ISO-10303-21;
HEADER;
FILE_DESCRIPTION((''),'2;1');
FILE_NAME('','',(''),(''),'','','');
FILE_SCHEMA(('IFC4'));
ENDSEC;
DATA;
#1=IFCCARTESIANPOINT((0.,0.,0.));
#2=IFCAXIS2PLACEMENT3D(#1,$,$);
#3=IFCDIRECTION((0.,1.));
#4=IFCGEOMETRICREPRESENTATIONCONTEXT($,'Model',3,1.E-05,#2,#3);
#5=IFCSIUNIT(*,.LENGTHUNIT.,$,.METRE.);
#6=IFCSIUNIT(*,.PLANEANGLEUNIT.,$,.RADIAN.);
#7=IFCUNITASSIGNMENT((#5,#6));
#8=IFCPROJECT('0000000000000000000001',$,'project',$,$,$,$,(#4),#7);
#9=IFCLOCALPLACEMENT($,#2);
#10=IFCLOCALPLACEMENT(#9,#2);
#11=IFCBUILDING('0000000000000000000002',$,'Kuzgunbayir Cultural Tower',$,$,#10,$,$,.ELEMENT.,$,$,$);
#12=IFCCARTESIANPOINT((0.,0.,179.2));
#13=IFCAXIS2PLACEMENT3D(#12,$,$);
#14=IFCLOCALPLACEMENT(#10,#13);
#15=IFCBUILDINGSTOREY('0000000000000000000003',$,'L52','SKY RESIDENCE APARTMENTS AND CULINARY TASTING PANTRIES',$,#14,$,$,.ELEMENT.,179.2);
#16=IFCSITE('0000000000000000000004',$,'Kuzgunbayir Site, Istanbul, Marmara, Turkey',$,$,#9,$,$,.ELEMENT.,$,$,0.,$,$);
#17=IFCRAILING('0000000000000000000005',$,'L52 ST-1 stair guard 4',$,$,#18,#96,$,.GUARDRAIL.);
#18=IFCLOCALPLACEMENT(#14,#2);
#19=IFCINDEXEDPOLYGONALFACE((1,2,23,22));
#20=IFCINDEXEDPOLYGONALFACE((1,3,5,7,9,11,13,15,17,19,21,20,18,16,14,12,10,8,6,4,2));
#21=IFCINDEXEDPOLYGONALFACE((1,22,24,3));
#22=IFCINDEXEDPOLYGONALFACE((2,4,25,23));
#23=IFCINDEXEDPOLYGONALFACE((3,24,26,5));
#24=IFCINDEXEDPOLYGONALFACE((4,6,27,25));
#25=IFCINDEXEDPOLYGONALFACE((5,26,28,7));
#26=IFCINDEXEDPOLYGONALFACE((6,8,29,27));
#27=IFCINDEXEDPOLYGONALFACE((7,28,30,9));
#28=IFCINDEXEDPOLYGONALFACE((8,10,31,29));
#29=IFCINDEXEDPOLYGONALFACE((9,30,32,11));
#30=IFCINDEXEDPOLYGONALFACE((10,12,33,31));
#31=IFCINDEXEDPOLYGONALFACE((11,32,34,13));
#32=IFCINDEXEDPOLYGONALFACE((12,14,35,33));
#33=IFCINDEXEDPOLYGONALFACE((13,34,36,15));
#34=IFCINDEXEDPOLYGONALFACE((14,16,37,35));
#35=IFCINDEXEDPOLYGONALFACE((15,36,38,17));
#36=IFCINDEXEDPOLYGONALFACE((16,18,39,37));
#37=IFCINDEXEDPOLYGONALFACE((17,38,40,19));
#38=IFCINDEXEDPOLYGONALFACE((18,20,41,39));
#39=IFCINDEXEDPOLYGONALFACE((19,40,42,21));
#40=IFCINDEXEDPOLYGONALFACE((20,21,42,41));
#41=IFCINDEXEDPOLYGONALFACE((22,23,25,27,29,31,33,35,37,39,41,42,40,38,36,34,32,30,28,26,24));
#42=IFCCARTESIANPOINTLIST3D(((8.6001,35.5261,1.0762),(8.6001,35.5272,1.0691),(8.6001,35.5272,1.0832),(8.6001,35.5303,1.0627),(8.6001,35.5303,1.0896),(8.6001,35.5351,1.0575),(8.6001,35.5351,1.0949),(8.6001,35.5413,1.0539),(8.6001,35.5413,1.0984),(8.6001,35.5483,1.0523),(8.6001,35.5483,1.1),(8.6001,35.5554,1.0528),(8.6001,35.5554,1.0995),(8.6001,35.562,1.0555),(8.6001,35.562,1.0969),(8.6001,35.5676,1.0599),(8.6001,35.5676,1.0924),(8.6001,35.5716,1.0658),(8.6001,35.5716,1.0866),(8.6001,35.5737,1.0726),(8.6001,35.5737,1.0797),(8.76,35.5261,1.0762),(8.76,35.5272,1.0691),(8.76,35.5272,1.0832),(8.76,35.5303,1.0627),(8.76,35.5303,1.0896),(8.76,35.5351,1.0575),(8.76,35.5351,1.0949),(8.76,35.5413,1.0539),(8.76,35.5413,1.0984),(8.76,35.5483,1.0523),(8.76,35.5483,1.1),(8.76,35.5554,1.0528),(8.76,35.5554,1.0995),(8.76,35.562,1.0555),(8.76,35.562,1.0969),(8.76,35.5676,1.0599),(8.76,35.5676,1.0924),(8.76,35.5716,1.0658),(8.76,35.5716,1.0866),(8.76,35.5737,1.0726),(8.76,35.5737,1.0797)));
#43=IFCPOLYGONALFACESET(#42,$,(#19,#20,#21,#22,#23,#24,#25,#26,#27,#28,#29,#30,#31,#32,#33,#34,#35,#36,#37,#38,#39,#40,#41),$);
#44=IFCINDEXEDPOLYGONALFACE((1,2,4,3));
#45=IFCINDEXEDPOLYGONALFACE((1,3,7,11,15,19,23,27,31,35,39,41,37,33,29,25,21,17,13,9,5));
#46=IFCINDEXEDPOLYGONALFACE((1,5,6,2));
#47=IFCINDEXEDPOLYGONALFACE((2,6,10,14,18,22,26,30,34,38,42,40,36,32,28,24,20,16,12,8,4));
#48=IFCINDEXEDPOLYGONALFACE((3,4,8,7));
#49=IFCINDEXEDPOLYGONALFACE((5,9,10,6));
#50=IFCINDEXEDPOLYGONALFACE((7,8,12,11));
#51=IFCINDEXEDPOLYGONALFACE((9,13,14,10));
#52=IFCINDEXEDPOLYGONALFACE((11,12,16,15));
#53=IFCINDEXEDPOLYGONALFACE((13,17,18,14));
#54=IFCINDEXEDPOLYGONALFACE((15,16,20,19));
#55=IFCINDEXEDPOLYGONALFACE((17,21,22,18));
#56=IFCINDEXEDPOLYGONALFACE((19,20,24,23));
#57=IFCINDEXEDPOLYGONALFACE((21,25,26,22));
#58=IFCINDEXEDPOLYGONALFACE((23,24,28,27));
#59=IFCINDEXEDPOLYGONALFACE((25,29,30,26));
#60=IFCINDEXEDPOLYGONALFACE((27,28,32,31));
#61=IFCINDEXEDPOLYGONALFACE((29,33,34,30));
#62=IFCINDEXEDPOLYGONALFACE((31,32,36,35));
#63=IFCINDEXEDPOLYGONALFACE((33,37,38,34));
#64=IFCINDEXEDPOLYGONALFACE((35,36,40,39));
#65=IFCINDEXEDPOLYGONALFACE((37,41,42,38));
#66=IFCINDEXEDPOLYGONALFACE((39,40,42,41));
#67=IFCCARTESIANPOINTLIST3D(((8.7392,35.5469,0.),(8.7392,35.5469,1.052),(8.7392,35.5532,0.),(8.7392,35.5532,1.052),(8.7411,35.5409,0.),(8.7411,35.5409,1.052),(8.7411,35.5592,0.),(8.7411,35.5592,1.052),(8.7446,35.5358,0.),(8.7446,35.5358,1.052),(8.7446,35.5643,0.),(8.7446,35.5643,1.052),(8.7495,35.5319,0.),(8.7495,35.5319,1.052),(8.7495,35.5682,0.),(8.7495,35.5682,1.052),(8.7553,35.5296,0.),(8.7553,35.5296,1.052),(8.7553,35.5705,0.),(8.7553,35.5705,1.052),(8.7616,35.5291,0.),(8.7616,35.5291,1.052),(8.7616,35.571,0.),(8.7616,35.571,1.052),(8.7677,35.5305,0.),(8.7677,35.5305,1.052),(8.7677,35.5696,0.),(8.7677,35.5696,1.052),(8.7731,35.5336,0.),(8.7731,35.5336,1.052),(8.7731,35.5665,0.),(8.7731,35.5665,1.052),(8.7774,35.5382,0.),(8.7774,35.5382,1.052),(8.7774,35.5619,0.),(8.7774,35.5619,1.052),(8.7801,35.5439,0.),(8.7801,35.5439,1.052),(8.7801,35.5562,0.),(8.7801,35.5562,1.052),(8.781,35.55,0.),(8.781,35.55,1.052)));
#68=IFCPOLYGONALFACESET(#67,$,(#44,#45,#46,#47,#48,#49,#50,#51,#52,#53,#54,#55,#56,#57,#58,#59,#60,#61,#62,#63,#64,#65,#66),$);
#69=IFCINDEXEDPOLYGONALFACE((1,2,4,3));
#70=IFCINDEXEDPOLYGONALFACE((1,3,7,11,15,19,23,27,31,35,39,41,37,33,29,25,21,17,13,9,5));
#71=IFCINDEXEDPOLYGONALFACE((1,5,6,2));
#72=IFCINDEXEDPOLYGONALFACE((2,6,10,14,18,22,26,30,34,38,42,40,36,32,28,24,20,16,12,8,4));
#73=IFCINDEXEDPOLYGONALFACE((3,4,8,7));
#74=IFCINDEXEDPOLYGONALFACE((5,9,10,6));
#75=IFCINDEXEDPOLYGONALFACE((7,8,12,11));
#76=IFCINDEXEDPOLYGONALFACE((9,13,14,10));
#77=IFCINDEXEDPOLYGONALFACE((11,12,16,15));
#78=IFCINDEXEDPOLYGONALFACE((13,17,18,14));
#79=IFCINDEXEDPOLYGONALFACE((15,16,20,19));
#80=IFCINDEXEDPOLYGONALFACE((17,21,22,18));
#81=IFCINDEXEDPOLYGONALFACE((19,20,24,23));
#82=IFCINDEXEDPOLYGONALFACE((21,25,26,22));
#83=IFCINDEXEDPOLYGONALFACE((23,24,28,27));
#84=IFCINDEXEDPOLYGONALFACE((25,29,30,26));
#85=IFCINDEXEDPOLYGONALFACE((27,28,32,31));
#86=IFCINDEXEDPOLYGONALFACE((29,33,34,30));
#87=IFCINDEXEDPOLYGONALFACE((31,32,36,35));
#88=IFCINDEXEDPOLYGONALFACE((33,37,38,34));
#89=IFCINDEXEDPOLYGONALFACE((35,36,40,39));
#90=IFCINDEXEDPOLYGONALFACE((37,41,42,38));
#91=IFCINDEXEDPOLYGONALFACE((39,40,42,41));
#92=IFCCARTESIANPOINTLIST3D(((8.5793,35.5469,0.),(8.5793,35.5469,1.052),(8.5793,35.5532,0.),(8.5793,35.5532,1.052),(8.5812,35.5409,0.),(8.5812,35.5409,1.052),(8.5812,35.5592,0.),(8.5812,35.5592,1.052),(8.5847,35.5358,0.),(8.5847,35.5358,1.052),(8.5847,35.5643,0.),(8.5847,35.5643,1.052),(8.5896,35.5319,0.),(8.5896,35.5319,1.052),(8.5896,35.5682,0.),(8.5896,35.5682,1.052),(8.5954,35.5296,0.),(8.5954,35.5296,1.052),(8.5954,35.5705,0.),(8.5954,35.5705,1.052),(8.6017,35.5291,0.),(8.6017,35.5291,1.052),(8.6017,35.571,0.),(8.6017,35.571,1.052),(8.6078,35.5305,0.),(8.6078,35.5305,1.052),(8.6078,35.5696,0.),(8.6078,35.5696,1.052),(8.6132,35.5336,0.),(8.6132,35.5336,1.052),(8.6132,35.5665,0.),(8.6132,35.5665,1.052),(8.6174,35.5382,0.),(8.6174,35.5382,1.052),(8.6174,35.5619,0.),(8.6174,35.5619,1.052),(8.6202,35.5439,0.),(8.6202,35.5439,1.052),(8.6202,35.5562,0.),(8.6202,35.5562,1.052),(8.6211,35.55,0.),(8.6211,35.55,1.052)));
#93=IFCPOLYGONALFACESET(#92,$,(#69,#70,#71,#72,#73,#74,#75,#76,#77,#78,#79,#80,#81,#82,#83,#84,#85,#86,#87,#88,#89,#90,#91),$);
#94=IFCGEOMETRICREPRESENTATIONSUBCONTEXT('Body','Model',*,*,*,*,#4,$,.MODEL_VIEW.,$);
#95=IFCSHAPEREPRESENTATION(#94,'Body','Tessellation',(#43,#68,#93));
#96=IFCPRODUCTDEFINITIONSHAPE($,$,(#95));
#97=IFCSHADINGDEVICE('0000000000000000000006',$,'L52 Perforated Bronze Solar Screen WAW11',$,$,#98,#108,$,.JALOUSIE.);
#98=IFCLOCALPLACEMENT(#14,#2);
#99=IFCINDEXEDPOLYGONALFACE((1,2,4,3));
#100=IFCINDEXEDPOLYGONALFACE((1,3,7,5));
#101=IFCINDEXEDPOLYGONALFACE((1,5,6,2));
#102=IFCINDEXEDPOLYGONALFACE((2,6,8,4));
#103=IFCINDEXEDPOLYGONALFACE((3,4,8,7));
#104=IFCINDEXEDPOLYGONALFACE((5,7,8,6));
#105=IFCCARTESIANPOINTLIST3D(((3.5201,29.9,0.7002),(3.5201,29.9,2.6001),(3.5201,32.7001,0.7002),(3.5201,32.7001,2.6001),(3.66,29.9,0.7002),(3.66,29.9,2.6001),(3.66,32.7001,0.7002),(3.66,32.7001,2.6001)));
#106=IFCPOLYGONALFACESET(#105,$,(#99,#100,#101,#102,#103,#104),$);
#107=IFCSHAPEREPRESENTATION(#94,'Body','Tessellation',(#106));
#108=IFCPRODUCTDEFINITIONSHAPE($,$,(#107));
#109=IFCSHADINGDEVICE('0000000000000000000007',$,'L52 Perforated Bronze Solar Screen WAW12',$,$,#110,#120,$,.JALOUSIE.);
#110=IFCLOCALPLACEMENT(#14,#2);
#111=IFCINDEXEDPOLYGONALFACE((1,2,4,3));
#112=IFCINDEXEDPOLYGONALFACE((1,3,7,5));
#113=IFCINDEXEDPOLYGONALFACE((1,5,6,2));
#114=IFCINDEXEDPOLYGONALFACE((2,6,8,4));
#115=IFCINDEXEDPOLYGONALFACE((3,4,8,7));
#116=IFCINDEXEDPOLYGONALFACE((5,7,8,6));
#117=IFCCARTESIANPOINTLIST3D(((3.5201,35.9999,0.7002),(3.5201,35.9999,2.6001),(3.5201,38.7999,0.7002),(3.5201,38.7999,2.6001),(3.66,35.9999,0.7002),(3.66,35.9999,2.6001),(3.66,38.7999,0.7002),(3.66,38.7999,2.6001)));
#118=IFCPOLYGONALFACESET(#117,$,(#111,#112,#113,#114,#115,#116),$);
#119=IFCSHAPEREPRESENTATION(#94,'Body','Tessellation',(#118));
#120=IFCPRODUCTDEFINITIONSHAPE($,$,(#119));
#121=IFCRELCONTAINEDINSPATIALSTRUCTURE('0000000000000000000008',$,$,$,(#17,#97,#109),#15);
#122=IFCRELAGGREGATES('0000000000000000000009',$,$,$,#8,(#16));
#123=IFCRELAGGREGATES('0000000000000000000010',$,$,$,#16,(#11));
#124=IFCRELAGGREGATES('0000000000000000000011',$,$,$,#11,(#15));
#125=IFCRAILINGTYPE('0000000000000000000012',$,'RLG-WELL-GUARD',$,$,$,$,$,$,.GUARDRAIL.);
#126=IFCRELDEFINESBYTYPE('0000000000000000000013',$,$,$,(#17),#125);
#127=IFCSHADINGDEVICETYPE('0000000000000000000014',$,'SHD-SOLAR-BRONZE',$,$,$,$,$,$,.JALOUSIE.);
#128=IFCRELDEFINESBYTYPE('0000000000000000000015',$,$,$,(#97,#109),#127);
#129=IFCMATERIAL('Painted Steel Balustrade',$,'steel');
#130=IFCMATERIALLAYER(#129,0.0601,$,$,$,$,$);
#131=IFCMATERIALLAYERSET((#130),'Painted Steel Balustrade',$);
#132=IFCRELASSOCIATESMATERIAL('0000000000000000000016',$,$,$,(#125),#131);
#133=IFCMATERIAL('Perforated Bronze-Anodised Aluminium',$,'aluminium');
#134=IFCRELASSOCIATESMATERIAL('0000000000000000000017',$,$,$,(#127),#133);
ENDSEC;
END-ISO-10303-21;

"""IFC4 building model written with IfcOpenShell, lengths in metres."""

from ifc_helpers import new_model, si_unit, direction, frame, origin, origin_2d, place, context, subcontext, project, spatial, rectangle, circle, extrude, material, layer, layer_set, type_object, element, save


model = new_model("IFC4")

# Units and contexts
model_context = context("Model", 3, precision=1e-05, world=origin(), true_north=direction((0.0, 1.0)))
body_context = subcontext(model_context, "Body", "Model", "MODEL_VIEW")
ifc_project = project(units=[si_unit("LENGTHUNIT", "METRE"), si_unit("PLANEANGLEUNIT", "RADIAN")], contexts=[model_context])

# Site, building, storey
site_placement = place(None, origin())
site = spatial("IfcSite", under=ifc_project, at=site_placement, Name="Kuzgunbayir Site, Istanbul, Marmara, Turkey", CompositionType="ELEMENT", RefElevation=0.0)
building_placement = place(site_placement, origin())
building = spatial("IfcBuilding", under=site, at=building_placement, Name="Kuzgunbayir Cultural Tower", CompositionType="ELEMENT")
storey_placement = place(building_placement, frame((0.0, 0.0, 179.2)))
storey = spatial("IfcBuildingStorey", under=building, at=storey_placement, Name="L52", Description="SKY RESIDENCE APARTMENTS AND CULINARY TASTING PANTRIES", CompositionType="ELEMENT", Elevation=179.2)

# Railing
ifc_material_1 = material(Name="Painted Steel Balustrade", Category="steel")
ifc_layer_1 = layer(ifc_material_1, 0.0601)
ifc_layer_set_1 = layer_set([ifc_layer_1], Name="Painted Steel Balustrade")
railing_type_1 = type_object("IfcRailingType", Name="RLG-WELL-GUARD", PredefinedType="GUARDRAIL", material=ifc_layer_set_1)
railing_1_placement = place(storey_placement, frame((8.76, 35.55, 0.0)))
element("IfcRailing", 1, at=railing_1_placement, inside=storey, type_object=railing_type_1, Name="L52 ST-1 stair guard 4", PredefinedType="GUARDRAIL", context=body_context, shape_type="SweptSolid", body=[
    extrude(circle(Radius=0.0239, at=origin_2d()), frame((0.0, 0.0, 1.0762), z_axis=(-1.0, 0.0, 0.0), x_axis=(0.0, -1.0, 0.0)), (0.0, 0.0, 1.0), 0.1599),
    extrude(circle(Radius=0.021, at=origin_2d()), origin(), (0.0, 0.0, 1.0), 1.052),
    extrude(circle(Radius=0.021, at=origin_2d()), frame((-0.1599, 0.0, 0.0)), (0.0, 0.0, 1.0), 1.052),
])

# Shading devices
ifc_material_2 = material(Name="Perforated Bronze-Anodised Aluminium", Category="aluminium")
shading_device_type = type_object("IfcShadingDeviceType", Name="SHD-SOLAR-BRONZE", PredefinedType="JALOUSIE", material=ifc_material_2)
for number, where, z_axis, x_axis, name in (
    (2, (3.5901, 31.3, 0.7002), (0.0, 0.0, 1.0), (1.0, 0.0, 0.0), "L52 Perforated Bronze Solar Screen WAW11"),
    (3, (3.5901, 37.3999, 0.7002), (0.0, 0.0, 1.0), (1.0, 0.0, 0.0), "L52 Perforated Bronze Solar Screen WAW12"),
):
    element("IfcShadingDevice", number, at=place(storey_placement, frame(where, z_axis=z_axis, x_axis=x_axis)), inside=storey, type_object=shading_device_type, Name=name, PredefinedType="JALOUSIE", context=body_context, shape_type="SweptSolid", body=[
        extrude(rectangle(XDim=0.1399, YDim=2.8, at=origin_2d()), origin(), (0.0, 0.0, 1.0), 1.8999),
    ])

save(model, "model.ifc")
